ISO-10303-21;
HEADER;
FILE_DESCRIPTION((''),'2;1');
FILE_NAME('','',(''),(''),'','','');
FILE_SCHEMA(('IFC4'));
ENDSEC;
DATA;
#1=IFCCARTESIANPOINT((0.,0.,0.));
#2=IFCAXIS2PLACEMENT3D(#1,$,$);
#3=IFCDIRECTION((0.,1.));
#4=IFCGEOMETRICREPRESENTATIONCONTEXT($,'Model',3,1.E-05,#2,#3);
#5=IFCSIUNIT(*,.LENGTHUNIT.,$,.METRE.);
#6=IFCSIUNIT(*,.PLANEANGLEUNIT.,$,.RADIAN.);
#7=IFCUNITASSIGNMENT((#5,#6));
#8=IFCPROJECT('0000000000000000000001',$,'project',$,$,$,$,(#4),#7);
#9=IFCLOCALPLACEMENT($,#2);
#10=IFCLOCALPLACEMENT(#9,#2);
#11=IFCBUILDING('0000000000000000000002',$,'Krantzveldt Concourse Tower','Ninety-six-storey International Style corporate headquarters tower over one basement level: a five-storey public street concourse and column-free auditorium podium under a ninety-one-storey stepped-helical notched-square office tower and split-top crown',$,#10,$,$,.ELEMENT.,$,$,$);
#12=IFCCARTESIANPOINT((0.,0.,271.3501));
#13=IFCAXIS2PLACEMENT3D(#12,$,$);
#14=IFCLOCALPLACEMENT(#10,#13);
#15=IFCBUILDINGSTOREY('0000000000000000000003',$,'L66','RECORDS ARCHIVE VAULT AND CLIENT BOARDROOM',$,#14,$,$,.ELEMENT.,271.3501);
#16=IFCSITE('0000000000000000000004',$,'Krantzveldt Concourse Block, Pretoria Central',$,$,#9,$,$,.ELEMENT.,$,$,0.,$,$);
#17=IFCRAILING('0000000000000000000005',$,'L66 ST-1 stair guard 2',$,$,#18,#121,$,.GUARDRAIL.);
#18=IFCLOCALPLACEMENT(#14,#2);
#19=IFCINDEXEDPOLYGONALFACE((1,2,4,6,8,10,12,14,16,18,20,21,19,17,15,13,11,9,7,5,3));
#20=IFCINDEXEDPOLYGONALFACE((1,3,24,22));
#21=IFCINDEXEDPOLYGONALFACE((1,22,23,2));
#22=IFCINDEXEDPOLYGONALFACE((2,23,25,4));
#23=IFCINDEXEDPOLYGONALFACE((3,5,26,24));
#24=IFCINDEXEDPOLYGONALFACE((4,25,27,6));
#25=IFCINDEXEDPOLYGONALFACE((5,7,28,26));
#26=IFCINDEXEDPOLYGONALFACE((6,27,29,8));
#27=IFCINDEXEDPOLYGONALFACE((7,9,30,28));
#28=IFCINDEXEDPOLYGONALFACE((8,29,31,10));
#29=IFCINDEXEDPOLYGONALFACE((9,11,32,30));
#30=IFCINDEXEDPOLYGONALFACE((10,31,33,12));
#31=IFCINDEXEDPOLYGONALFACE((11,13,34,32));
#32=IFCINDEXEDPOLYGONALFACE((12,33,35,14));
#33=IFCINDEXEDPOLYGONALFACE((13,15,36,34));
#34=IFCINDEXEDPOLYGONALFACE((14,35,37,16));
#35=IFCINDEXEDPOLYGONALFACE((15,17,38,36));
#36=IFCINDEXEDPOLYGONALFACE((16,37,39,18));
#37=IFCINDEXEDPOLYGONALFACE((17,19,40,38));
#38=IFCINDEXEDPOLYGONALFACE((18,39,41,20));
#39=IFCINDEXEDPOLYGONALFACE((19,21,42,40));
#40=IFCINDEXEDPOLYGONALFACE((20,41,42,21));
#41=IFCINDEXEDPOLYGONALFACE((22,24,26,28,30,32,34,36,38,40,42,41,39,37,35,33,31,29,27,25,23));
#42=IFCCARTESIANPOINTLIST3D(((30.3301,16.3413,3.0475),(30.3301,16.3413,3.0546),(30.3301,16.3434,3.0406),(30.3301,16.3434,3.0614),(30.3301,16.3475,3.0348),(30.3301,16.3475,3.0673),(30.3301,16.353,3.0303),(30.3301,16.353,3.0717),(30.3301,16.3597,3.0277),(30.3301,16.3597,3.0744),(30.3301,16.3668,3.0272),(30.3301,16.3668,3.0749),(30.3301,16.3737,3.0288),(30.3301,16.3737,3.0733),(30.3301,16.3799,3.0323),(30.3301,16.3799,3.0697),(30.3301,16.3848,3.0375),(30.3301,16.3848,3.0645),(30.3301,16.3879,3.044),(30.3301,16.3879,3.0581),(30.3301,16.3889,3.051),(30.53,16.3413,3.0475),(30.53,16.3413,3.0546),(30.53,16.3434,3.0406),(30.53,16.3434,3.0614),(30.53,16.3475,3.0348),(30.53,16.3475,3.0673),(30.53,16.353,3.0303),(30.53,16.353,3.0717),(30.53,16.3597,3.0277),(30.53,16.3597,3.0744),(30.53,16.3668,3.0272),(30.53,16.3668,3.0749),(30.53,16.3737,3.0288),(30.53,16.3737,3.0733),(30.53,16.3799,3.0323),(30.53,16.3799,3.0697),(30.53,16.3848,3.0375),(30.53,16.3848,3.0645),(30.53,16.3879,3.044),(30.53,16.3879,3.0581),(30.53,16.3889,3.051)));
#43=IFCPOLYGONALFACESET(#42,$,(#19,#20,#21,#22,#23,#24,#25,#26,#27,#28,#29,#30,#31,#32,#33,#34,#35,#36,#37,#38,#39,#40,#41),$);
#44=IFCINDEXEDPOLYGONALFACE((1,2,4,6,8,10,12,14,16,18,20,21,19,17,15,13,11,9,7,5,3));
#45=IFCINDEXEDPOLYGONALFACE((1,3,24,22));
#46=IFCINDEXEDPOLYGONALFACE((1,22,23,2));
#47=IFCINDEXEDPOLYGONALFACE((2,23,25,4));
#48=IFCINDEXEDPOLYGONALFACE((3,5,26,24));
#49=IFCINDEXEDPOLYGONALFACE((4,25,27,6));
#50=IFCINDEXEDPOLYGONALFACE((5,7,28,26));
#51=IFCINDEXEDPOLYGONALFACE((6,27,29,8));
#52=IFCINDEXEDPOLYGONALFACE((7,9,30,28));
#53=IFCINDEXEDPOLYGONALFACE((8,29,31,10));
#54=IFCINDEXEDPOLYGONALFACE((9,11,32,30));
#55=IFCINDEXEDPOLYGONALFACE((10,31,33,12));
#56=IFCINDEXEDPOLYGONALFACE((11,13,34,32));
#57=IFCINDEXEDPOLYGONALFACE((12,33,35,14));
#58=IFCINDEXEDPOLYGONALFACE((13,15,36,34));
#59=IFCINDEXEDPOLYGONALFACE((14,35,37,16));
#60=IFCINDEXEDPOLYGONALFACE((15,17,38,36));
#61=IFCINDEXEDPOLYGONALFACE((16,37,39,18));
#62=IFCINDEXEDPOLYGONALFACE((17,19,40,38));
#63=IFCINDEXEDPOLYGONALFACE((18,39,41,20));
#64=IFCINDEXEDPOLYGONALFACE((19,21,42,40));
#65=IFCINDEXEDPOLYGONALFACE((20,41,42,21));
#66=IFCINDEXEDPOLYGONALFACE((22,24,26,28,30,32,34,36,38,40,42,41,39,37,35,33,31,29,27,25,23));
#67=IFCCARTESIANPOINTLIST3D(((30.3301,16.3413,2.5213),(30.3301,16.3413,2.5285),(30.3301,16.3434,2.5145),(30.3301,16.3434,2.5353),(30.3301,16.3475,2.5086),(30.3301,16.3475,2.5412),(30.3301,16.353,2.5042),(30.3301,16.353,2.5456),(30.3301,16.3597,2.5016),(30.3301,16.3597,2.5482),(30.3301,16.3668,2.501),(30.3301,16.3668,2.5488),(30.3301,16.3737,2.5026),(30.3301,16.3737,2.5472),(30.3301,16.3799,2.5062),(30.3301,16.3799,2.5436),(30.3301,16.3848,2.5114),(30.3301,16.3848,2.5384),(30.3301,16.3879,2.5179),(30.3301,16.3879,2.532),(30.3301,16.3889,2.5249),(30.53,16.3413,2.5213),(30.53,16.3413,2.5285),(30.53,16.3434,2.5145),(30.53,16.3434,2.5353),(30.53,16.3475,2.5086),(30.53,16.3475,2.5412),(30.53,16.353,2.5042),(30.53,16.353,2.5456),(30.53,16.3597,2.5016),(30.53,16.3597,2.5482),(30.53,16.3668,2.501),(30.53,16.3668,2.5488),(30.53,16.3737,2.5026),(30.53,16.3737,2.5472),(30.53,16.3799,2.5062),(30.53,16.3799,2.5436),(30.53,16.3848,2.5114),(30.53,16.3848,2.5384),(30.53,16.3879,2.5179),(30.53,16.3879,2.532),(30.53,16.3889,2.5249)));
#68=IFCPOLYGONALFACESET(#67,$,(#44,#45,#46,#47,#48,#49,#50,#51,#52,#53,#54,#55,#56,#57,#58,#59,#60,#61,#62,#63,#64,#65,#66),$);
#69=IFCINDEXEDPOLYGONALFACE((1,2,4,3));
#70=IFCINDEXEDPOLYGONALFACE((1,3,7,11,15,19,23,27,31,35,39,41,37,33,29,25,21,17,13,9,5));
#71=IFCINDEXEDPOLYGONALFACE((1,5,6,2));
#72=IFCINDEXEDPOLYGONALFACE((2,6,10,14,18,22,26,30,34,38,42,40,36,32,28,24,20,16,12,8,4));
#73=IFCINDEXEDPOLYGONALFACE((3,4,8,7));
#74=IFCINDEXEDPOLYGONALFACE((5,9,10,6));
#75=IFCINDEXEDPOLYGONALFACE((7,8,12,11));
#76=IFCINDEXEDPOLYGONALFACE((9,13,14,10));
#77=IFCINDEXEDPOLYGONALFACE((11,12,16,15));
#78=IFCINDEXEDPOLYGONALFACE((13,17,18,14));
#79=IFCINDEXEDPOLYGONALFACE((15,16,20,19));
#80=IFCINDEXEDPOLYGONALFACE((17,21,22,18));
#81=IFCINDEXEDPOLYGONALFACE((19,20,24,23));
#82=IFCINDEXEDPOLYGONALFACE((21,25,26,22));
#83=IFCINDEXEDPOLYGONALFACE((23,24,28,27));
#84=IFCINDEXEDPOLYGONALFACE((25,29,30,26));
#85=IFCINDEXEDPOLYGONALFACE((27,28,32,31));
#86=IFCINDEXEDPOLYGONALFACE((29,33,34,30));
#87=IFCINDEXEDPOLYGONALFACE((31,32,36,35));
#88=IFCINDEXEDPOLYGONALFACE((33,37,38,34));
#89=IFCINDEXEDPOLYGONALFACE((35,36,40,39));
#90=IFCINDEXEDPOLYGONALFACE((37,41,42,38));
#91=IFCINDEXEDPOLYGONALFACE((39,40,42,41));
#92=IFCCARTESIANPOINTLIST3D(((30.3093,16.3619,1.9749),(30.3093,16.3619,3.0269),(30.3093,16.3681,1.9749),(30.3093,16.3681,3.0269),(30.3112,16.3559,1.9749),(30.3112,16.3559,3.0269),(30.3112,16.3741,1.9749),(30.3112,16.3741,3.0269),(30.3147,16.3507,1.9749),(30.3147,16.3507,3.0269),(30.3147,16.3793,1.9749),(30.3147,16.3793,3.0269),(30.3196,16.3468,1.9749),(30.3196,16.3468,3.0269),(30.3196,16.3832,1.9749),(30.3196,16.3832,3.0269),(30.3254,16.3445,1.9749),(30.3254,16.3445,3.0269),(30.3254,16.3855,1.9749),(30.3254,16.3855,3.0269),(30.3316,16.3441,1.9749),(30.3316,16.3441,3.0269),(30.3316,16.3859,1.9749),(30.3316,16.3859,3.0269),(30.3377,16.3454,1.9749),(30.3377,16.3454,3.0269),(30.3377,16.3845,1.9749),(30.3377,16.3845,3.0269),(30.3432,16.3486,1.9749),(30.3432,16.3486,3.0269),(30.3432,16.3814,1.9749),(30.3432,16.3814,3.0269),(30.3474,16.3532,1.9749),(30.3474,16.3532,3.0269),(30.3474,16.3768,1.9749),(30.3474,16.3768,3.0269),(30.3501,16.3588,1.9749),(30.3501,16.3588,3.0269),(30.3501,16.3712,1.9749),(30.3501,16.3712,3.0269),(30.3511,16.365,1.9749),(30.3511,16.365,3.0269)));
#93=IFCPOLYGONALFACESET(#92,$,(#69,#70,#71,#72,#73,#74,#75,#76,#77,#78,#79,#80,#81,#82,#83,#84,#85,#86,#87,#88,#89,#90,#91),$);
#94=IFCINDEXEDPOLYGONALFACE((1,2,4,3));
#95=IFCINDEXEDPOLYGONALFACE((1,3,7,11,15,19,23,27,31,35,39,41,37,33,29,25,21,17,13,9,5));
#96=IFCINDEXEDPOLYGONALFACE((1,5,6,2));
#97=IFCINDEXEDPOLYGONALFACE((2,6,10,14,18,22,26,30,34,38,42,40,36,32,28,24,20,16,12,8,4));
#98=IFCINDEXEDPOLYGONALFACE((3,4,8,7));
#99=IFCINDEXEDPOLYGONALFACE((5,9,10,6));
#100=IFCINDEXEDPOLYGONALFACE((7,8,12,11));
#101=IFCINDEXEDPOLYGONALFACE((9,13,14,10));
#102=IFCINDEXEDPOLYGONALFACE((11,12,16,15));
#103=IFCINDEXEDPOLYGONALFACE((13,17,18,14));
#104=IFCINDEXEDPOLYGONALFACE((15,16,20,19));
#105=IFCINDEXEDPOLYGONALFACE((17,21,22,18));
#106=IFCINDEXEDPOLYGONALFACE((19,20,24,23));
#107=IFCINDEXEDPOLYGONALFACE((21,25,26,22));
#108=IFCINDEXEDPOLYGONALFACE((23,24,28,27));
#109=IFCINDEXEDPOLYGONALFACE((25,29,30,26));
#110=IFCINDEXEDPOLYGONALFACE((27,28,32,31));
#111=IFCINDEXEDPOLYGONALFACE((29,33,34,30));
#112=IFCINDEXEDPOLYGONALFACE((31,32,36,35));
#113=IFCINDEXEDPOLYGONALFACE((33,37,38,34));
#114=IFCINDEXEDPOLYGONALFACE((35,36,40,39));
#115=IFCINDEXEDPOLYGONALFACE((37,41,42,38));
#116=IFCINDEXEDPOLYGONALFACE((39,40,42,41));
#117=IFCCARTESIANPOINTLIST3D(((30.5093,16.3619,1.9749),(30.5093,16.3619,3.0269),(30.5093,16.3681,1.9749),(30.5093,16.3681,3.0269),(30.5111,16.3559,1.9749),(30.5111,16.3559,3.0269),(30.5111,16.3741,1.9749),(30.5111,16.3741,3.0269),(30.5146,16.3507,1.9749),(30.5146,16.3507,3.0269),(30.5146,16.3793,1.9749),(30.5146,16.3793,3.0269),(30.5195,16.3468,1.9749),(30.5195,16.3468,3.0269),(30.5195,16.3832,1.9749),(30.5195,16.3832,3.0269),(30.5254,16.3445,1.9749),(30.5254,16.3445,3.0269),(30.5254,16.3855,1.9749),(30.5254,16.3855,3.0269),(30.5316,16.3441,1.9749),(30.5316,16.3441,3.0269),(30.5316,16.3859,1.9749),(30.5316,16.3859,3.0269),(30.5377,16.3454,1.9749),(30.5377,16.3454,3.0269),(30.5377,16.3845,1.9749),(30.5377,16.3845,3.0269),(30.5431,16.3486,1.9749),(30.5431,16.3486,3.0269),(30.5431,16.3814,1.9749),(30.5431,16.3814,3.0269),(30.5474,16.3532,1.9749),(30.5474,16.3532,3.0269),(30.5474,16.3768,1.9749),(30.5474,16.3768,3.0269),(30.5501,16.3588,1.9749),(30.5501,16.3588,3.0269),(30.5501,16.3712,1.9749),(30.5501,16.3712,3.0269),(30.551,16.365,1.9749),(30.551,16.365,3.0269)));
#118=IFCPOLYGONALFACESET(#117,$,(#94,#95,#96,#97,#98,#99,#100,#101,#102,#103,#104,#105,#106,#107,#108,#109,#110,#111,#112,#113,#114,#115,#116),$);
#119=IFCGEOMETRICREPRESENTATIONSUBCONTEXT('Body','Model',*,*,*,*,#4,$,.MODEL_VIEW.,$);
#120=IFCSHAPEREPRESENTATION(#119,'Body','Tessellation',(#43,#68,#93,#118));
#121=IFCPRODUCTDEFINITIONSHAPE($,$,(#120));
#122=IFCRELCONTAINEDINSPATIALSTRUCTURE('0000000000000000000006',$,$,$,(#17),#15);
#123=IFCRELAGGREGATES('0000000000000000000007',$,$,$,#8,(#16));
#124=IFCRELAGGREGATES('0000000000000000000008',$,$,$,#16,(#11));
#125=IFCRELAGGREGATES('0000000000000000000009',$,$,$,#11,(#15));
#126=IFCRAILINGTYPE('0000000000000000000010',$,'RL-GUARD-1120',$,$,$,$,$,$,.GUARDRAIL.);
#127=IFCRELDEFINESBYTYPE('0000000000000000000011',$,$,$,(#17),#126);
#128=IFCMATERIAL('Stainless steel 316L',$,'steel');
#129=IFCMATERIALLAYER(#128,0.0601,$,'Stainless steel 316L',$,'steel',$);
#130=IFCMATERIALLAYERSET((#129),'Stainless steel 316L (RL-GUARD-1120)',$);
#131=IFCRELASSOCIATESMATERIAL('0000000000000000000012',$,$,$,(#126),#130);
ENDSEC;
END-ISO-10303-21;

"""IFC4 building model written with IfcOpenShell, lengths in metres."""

from ifc_helpers import new_model, si_unit, direction, frame, origin, origin_2d, place, context, subcontext, project, spatial, circle, extrude, material, layer, layer_set, type_object, element, save


model = new_model("IFC4")

# Units and contexts
model_context = context("Model", 3, precision=1e-05, world=origin(), true_north=direction((0.0, 1.0)))
body_context = subcontext(model_context, "Body", "Model", "MODEL_VIEW")
ifc_project = project(units=[si_unit("LENGTHUNIT", "METRE"), si_unit("PLANEANGLEUNIT", "RADIAN")], contexts=[model_context])

# Site, building, storey
site_placement = place(None, origin())
site = spatial("IfcSite", under=ifc_project, at=site_placement, Name="Krantzveldt Concourse Block, Pretoria Central", CompositionType="ELEMENT", RefElevation=0.0)
building_placement = place(site_placement, origin())
building = spatial("IfcBuilding", under=site, at=building_placement, Name="Krantzveldt Concourse Tower", Description="Ninety-six-storey International Style corporate headquarters tower over one basement level: a five-storey public street concourse and column-free auditorium podium under a ninety-one-storey stepped-helical notched-square office tower and split-top crown", CompositionType="ELEMENT")
storey_placement = place(building_placement, frame((0.0, 0.0, 271.3501)))
storey = spatial("IfcBuildingStorey", under=building, at=storey_placement, Name="L66", Description="RECORDS ARCHIVE VAULT AND CLIENT BOARDROOM", CompositionType="ELEMENT", Elevation=271.3501)

# Railing
ifc_material_1 = material(Name="Stainless steel 316L", Category="steel")
ifc_layer_1 = layer(ifc_material_1, 0.0601, Name="Stainless steel 316L", Category="steel")
ifc_layer_set_1 = layer_set([ifc_layer_1], Name="Stainless steel 316L (RL-GUARD-1120)")
railing_type_1 = type_object("IfcRailingType", Name="RL-GUARD-1120", PredefinedType="GUARDRAIL", material=ifc_layer_set_1)
railing_1_placement = place(storey_placement, frame((30.3301, 16.365, 1.9749)))
element("IfcRailing", 1, at=railing_1_placement, inside=storey, type_object=railing_type_1, Name="L66 ST-1 stair guard 2", PredefinedType="GUARDRAIL", context=body_context, shape_type="SweptSolid", body=[
    extrude(circle(Radius=0.0239, at=origin_2d()), frame((0.0, 0.0, 1.0762), z_axis=(1.0, 0.0, 0.0), x_axis=(0.0, 1.0, 0.0)), (0.0, 0.0, 1.0), 0.2),
    extrude(circle(Radius=0.0239, at=origin_2d()), frame((0.0, 0.0, 0.55), z_axis=(1.0, 0.0, 0.0), x_axis=(0.0, 1.0, 0.0)), (0.0, 0.0, 1.0), 0.2),
    extrude(circle(Radius=0.021, at=origin_2d()), origin(), (0.0, 0.0, 1.0), 1.052),
    extrude(circle(Radius=0.021, at=origin_2d()), frame((0.2, 0.0, 0.0)), (0.0, 0.0, 1.0), 1.052),
])

save(model, "model.ifc")
